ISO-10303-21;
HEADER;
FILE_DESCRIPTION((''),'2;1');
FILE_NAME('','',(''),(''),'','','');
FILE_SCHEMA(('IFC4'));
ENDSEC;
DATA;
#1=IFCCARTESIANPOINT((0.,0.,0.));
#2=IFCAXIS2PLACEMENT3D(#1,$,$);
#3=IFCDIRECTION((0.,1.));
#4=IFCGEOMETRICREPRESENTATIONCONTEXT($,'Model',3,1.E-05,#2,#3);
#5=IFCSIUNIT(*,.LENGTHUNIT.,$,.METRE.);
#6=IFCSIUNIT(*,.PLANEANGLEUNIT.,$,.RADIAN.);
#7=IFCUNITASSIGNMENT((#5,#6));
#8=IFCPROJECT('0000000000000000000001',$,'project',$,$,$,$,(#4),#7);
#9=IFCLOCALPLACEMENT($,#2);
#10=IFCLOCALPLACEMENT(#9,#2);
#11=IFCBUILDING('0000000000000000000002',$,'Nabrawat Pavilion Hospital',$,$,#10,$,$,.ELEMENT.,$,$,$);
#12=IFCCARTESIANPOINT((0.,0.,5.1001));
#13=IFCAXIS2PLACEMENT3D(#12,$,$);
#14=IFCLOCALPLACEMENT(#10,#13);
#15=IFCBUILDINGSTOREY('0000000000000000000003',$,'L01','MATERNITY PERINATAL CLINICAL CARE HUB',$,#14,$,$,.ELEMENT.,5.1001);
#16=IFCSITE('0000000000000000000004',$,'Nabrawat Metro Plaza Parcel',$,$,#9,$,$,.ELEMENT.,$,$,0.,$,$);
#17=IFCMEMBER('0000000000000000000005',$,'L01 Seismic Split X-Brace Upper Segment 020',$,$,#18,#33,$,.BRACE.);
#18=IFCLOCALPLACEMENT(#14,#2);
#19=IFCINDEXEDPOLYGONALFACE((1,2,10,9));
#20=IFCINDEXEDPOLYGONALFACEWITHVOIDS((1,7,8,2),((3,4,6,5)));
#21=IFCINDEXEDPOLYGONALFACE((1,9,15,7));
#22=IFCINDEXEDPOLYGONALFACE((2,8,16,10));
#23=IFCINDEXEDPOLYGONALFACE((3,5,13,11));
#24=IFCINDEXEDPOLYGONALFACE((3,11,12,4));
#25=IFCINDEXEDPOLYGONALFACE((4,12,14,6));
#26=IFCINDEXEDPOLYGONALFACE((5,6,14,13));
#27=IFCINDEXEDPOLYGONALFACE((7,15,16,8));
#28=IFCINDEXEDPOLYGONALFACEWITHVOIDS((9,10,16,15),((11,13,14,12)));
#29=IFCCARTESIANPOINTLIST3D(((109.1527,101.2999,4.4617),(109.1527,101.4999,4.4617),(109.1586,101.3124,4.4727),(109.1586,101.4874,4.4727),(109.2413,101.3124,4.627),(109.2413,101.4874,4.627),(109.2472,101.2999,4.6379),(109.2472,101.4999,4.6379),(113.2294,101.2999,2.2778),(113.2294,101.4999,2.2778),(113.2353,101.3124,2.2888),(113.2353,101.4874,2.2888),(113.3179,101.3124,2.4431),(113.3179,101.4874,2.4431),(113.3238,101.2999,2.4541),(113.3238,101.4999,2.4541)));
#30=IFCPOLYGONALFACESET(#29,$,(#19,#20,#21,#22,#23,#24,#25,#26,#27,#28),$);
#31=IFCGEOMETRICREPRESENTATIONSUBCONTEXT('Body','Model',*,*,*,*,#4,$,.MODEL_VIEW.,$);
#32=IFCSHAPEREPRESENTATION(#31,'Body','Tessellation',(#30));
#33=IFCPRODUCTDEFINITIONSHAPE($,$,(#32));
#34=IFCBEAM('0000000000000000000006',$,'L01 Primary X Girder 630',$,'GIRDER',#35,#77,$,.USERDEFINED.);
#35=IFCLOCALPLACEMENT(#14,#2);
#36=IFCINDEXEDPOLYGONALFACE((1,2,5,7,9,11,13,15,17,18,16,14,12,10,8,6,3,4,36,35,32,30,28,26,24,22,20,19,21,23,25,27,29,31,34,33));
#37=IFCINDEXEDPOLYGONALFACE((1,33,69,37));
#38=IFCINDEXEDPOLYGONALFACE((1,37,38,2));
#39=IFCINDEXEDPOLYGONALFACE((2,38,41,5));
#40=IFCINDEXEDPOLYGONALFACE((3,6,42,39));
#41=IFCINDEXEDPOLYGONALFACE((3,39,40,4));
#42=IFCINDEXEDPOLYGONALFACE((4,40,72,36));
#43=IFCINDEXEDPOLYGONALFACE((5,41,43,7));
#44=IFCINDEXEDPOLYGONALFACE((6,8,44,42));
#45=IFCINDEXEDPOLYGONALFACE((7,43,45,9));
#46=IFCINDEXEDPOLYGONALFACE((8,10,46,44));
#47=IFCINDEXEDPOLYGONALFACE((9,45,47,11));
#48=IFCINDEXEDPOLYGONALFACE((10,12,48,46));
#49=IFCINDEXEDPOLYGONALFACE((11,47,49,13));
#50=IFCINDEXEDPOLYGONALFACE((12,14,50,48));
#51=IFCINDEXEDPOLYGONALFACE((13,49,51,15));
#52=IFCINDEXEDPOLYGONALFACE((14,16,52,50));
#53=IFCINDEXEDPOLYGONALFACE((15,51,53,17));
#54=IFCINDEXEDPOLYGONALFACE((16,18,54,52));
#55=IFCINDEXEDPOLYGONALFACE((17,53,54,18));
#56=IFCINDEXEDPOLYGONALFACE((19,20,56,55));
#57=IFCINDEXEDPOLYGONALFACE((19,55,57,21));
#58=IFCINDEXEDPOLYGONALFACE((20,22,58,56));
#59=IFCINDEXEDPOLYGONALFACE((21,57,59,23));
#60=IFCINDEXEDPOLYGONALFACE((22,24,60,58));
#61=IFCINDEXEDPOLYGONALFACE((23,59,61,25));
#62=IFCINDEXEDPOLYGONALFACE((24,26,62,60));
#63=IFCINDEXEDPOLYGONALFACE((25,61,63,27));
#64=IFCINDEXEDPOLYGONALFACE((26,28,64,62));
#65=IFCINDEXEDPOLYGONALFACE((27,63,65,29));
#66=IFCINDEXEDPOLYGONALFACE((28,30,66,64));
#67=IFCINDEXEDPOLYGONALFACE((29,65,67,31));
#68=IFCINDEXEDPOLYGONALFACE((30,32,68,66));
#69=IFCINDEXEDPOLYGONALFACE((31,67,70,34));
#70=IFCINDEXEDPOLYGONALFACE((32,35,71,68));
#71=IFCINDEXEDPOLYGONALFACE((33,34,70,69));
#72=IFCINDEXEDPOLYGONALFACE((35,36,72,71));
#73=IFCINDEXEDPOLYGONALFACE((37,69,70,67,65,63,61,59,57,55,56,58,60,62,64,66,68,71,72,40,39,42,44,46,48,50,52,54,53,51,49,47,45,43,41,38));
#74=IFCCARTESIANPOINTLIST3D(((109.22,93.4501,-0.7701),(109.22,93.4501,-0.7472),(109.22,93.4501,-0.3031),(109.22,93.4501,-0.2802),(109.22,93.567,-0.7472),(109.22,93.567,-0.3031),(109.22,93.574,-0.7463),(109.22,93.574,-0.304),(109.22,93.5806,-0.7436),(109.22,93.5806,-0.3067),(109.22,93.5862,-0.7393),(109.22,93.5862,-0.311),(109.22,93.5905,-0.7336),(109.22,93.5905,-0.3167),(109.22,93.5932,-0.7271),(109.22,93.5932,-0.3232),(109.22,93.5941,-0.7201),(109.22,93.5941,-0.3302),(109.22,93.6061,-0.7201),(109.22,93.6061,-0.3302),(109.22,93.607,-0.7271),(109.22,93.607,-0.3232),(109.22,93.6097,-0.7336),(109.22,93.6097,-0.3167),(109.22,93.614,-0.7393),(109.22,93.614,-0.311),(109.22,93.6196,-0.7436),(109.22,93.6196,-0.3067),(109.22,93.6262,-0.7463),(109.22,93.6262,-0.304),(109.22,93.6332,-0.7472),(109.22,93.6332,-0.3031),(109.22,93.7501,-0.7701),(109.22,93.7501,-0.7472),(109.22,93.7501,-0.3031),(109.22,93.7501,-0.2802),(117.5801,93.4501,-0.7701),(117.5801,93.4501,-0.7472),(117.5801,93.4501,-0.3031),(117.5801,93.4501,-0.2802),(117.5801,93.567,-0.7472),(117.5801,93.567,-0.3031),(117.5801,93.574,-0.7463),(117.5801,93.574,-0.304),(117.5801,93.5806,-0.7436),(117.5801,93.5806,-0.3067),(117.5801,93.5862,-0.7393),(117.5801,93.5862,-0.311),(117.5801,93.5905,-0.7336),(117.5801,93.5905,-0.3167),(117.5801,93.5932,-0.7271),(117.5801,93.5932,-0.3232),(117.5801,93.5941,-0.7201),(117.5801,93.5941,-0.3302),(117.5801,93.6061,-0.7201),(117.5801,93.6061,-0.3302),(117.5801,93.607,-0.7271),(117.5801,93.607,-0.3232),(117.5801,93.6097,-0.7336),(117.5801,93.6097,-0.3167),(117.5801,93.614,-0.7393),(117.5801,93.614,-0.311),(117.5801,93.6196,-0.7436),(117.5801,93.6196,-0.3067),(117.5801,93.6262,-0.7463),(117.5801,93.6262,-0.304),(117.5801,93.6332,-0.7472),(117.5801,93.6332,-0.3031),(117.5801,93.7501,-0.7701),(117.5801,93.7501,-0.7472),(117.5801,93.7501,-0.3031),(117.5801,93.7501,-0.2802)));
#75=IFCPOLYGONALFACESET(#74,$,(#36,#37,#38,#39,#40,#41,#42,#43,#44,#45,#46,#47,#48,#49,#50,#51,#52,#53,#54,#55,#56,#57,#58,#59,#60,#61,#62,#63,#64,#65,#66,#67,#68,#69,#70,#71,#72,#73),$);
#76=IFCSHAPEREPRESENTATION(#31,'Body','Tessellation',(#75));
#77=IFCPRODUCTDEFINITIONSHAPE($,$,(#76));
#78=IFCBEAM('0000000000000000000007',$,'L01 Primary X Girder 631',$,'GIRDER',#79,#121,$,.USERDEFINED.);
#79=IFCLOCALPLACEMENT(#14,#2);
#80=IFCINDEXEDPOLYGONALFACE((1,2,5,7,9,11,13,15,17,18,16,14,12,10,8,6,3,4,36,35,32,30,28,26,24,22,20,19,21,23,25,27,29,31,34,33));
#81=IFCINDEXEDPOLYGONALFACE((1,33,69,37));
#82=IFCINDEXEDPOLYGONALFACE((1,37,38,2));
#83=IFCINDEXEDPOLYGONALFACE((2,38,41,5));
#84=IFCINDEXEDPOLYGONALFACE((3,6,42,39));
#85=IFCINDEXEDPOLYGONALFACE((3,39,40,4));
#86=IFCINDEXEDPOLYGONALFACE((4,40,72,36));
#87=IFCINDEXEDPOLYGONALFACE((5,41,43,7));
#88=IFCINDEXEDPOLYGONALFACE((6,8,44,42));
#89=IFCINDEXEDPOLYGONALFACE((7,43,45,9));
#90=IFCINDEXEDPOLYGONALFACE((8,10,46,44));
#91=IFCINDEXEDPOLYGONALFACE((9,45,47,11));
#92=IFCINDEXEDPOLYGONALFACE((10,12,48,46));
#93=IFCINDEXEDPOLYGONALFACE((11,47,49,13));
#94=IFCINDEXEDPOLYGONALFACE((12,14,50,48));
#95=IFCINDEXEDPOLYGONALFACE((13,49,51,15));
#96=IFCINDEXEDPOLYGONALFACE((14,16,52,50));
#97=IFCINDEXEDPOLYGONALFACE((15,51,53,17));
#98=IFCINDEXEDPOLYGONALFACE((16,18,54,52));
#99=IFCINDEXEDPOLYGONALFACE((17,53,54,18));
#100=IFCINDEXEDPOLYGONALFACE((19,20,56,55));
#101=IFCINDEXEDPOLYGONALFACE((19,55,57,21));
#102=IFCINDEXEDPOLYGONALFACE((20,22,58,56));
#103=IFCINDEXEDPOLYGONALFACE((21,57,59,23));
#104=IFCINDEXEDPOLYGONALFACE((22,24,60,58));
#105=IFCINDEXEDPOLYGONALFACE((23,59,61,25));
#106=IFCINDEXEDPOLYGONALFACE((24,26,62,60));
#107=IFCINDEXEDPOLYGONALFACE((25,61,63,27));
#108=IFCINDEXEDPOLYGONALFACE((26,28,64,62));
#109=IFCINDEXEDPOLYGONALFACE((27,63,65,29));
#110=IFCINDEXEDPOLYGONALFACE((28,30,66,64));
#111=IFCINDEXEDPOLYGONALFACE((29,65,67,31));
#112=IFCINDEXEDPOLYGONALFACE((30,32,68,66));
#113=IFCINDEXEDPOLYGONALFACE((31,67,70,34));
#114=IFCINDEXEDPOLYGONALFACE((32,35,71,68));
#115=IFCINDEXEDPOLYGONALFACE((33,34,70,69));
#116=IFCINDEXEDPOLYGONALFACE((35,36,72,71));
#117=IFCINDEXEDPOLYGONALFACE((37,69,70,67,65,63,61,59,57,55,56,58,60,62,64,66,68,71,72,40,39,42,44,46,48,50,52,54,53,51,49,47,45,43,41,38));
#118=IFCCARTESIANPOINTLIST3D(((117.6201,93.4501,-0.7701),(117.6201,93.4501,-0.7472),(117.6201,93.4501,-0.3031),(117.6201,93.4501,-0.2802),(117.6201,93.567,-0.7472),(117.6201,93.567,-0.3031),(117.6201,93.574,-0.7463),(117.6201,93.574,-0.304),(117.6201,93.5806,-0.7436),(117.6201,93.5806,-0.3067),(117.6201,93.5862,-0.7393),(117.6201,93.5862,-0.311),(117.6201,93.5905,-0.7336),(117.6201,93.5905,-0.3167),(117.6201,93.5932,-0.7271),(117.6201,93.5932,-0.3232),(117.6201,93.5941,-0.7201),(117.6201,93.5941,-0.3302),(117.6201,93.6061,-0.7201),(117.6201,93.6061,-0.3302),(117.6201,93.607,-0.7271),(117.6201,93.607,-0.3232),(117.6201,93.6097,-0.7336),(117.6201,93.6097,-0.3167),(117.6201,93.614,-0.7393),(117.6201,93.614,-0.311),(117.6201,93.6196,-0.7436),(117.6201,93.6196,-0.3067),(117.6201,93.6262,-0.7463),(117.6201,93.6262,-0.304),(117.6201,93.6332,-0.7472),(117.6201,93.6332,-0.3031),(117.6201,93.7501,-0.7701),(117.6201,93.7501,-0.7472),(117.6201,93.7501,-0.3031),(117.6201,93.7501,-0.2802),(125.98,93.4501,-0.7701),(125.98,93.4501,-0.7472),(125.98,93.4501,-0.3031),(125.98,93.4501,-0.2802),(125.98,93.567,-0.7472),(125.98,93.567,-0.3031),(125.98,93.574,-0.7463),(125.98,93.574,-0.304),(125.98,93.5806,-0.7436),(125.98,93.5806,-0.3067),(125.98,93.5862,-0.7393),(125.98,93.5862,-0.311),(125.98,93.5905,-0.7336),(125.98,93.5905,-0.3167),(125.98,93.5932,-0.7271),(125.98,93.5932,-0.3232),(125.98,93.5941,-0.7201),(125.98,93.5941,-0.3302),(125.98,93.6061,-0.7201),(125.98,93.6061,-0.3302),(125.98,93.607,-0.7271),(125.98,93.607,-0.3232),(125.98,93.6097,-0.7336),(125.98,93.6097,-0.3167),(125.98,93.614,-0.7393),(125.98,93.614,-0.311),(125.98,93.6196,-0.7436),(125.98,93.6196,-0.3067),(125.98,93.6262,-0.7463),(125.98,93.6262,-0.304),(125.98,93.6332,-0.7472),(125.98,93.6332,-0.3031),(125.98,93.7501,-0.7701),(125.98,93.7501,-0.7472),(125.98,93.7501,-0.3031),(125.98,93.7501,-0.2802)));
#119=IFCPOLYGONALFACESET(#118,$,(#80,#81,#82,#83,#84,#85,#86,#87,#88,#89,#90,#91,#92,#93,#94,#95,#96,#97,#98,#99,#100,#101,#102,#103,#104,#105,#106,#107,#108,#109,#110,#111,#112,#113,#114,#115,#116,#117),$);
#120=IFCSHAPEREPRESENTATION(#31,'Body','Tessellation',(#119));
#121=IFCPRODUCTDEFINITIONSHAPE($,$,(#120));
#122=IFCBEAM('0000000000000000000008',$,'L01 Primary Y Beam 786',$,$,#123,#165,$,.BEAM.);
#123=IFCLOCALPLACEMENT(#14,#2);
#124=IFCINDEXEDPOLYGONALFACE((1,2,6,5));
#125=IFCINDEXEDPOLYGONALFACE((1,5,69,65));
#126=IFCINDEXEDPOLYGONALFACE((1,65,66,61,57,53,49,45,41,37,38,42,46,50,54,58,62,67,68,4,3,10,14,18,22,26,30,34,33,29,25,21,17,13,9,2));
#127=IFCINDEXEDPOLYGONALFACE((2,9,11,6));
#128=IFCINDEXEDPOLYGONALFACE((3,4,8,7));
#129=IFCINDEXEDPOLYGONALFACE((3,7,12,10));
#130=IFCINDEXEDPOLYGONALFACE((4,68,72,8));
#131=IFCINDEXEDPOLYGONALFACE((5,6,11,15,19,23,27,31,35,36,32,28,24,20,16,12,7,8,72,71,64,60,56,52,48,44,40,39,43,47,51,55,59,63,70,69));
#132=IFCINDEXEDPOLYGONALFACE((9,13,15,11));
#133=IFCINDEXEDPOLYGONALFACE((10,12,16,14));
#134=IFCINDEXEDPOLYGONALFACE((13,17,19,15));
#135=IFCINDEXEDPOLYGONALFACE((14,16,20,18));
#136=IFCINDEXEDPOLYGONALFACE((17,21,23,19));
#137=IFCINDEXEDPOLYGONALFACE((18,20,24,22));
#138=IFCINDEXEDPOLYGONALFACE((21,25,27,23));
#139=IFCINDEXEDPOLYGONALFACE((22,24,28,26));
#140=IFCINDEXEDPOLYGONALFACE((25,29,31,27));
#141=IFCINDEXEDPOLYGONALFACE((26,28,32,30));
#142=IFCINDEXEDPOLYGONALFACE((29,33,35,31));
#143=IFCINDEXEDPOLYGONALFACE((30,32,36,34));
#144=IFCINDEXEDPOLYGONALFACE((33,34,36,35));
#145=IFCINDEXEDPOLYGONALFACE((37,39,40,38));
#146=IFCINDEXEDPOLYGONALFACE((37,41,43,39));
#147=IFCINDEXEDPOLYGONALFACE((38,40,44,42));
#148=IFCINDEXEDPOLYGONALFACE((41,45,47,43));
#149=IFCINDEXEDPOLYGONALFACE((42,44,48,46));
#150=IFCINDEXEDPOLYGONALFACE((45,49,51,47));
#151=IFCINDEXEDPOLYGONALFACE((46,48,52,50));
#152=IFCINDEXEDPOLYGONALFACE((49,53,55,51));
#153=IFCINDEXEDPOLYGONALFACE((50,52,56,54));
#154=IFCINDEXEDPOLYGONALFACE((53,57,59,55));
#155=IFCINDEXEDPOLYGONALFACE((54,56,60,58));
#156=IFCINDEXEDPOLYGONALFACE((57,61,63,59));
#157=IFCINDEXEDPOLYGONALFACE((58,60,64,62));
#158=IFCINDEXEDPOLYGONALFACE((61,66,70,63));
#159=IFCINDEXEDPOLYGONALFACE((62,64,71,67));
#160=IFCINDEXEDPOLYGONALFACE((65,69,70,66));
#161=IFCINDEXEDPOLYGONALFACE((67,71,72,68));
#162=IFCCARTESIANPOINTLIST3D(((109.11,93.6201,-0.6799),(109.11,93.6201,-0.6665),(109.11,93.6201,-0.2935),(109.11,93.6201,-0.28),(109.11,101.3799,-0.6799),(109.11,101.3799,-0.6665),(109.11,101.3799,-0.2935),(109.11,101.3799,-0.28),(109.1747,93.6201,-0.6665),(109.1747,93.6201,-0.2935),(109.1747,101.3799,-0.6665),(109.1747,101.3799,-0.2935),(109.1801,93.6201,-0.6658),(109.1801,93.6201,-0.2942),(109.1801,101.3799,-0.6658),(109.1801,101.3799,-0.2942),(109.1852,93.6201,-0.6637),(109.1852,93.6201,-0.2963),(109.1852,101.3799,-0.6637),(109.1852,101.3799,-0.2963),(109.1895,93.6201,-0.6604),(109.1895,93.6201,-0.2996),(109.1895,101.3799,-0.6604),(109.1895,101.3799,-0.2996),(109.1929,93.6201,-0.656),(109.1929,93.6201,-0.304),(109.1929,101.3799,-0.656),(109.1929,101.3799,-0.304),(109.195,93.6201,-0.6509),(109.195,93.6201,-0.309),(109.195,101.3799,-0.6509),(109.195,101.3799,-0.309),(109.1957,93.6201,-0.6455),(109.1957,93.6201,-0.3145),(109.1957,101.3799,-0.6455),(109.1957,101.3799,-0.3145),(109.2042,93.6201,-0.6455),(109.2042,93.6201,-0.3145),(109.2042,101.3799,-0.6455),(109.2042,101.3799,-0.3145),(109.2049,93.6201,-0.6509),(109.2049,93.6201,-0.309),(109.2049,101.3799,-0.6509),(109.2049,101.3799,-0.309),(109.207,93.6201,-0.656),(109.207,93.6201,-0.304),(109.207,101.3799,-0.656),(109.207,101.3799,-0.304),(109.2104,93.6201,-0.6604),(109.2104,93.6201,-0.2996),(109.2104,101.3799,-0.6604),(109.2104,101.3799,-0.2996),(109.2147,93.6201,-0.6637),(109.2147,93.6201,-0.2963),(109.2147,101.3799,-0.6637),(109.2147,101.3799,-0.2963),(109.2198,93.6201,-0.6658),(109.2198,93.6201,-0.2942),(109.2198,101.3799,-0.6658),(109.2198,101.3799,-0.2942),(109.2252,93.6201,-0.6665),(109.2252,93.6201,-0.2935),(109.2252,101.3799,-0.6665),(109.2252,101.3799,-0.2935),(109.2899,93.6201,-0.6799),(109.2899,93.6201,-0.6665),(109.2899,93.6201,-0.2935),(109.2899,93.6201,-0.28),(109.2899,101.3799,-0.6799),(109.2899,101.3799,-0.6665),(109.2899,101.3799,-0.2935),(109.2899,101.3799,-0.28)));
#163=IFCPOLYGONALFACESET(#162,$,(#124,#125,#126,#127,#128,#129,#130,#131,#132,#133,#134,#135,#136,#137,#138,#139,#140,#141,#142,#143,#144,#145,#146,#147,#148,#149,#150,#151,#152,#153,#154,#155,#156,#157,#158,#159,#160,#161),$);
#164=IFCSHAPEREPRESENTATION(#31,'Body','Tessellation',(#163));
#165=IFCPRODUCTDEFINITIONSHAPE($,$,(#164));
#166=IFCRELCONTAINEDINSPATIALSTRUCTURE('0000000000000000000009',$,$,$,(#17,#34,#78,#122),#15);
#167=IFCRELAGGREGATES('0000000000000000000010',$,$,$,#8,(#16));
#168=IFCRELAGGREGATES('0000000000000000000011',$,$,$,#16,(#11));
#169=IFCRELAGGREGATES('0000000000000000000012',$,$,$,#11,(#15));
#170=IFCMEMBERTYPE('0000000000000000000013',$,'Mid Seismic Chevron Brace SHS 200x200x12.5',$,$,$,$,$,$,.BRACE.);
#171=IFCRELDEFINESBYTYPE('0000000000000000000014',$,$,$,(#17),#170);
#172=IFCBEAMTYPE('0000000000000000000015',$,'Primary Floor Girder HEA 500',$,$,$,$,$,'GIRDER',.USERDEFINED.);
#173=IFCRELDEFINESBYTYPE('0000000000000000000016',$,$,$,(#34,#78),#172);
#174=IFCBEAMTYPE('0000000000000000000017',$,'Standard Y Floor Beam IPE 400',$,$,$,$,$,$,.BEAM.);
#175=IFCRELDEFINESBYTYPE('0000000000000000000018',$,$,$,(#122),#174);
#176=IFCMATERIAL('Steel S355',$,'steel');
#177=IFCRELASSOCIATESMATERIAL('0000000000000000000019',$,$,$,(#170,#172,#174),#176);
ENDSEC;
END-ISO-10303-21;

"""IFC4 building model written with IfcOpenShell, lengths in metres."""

from ifc_helpers import new_model, si_unit, direction, frame, origin, origin_2d, place, context, subcontext, project, spatial, hollow_rectangle, i_section, extrude, material, material_profile, profile_set, type_object, element, save


model = new_model("IFC4")

# Units and contexts
model_context = context("Model", 3, precision=1e-05, world=origin(), true_north=direction((0.0, 1.0)))
body_context = subcontext(model_context, "Body", "Model", "MODEL_VIEW")
ifc_project = project(units=[si_unit("LENGTHUNIT", "METRE"), si_unit("PLANEANGLEUNIT", "RADIAN")], contexts=[model_context])

# Site, building, storey
site_placement = place(None, origin())
site = spatial("IfcSite", under=ifc_project, at=site_placement, Name="Nabrawat Metro Plaza Parcel", CompositionType="ELEMENT", RefElevation=0.0)
building_placement = place(site_placement, origin())
building = spatial("IfcBuilding", under=site, at=building_placement, Name="Nabrawat Pavilion Hospital", CompositionType="ELEMENT")
storey_placement = place(building_placement, frame((0.0, 0.0, 5.1001)))
storey = spatial("IfcBuildingStorey", under=building, at=storey_placement, Name="L01", Description="MATERNITY PERINATAL CLINICAL CARE HUB", CompositionType="ELEMENT", Elevation=5.1001)

# Member
ifc_material_1 = material(Name="Steel S355", Category="steel")
ifc_material_profile_1 = material_profile(ifc_material_1, hollow_rectangle(XDim=0.2, YDim=0.2, WallThickness=0.0125, at=origin_2d()), Name="SHS 200x200x12.5")
ifc_profile_set_1 = profile_set([ifc_material_profile_1], Name="Steel S355")
member_type_1 = type_object("IfcMemberType", Name="Mid Seismic Chevron Brace SHS 200x200x12.5", PredefinedType="BRACE", material=ifc_profile_set_1)
member_1_placement = place(storey_placement, frame((109.2, 101.3999, 4.5498), z_axis=(0.881488, 0.0, -0.472207), x_axis=(0.0, 1.0, 0.0)))
element("IfcMember", 1, at=member_1_placement, inside=storey, type_object=member_type_1, Name="L01 Seismic Split X-Brace Upper Segment 020", PredefinedType="BRACE", context=body_context, shape_type="SweptSolid", body=[
    extrude(hollow_rectangle(XDim=0.2, YDim=0.2, WallThickness=0.0125, at=origin_2d()), origin(), (0.0, 0.0, 1.0), 4.6248),
])

# Beams
ifc_material_profile_2 = material_profile(ifc_material_1, i_section(OverallWidth=0.3, OverallDepth=0.49, WebThickness=0.012, FlangeThickness=0.0229, FilletRadius=0.0271, at=origin_2d()), Name="HEA 500")
ifc_profile_set_2 = profile_set([ifc_material_profile_2], Name="Steel S355")
beam_type_1 = type_object("IfcBeamType", Name="Primary Floor Girder HEA 500", ElementType="GIRDER", PredefinedType="USERDEFINED", material=ifc_profile_set_2)
beam_1_placement = place(storey_placement, frame((109.22, 93.6001, -0.5251), z_axis=(1.0, 0.0, 0.0), x_axis=(0.0, 1.0, 0.0)))
element("IfcBeam", 2, at=beam_1_placement, inside=storey, type_object=beam_type_1, Name="L01 Primary X Girder 630", ObjectType="GIRDER", PredefinedType="USERDEFINED", context=body_context, shape_type="SweptSolid", body=[
    extrude(i_section(OverallWidth=0.3, OverallDepth=0.49, WebThickness=0.012, FlangeThickness=0.0229, FilletRadius=0.0271, at=origin_2d()), origin(), (0.0, 0.0, 1.0), 8.3601),
])
beam_2_placement = place(storey_placement, frame((117.6201, 93.6001, -0.5251), z_axis=(1.0, 0.0, 0.0), x_axis=(0.0, 1.0, 0.0)))
element("IfcBeam", 3, at=beam_2_placement, inside=storey, type_object=beam_type_1, Name="L01 Primary X Girder 631", ObjectType="GIRDER", PredefinedType="USERDEFINED", context=body_context, shape_type="SweptSolid", body=[
    extrude(i_section(OverallWidth=0.3, OverallDepth=0.49, WebThickness=0.012, FlangeThickness=0.0229, FilletRadius=0.0271, at=origin_2d()), origin(), (0.0, 0.0, 1.0), 8.3599),
])
ifc_material_profile_3 = material_profile(ifc_material_1, i_section(OverallWidth=0.1799, OverallDepth=0.3999, WebThickness=0.0085, FlangeThickness=0.0134, FilletRadius=0.021, at=origin_2d()), Name="IPE 400")
ifc_profile_set_3 = profile_set([ifc_material_profile_3], Name="Steel S355")
beam_type_2 = type_object("IfcBeamType", Name="Standard Y Floor Beam IPE 400", PredefinedType="BEAM", material=ifc_profile_set_3)
for number, where, z_axis, x_axis, name in (
    (4, (109.2, 93.6201, -0.48), (0.0, 1.0, 0.0), (-1.0, 0.0, 0.0), "L01 Primary Y Beam 786"),
):
    element("IfcBeam", number, at=place(storey_placement, frame(where, z_axis=z_axis, x_axis=x_axis)), inside=storey, type_object=beam_type_2, Name=name, PredefinedType="BEAM", context=body_context, shape_type="SweptSolid", body=[
        extrude(i_section(OverallWidth=0.1799, OverallDepth=0.3999, WebThickness=0.0085, FlangeThickness=0.0134, FilletRadius=0.021, at=origin_2d()), origin(), (0.0, 0.0, 1.0), 7.7598),
    ])

save(model, "model.ifc")
